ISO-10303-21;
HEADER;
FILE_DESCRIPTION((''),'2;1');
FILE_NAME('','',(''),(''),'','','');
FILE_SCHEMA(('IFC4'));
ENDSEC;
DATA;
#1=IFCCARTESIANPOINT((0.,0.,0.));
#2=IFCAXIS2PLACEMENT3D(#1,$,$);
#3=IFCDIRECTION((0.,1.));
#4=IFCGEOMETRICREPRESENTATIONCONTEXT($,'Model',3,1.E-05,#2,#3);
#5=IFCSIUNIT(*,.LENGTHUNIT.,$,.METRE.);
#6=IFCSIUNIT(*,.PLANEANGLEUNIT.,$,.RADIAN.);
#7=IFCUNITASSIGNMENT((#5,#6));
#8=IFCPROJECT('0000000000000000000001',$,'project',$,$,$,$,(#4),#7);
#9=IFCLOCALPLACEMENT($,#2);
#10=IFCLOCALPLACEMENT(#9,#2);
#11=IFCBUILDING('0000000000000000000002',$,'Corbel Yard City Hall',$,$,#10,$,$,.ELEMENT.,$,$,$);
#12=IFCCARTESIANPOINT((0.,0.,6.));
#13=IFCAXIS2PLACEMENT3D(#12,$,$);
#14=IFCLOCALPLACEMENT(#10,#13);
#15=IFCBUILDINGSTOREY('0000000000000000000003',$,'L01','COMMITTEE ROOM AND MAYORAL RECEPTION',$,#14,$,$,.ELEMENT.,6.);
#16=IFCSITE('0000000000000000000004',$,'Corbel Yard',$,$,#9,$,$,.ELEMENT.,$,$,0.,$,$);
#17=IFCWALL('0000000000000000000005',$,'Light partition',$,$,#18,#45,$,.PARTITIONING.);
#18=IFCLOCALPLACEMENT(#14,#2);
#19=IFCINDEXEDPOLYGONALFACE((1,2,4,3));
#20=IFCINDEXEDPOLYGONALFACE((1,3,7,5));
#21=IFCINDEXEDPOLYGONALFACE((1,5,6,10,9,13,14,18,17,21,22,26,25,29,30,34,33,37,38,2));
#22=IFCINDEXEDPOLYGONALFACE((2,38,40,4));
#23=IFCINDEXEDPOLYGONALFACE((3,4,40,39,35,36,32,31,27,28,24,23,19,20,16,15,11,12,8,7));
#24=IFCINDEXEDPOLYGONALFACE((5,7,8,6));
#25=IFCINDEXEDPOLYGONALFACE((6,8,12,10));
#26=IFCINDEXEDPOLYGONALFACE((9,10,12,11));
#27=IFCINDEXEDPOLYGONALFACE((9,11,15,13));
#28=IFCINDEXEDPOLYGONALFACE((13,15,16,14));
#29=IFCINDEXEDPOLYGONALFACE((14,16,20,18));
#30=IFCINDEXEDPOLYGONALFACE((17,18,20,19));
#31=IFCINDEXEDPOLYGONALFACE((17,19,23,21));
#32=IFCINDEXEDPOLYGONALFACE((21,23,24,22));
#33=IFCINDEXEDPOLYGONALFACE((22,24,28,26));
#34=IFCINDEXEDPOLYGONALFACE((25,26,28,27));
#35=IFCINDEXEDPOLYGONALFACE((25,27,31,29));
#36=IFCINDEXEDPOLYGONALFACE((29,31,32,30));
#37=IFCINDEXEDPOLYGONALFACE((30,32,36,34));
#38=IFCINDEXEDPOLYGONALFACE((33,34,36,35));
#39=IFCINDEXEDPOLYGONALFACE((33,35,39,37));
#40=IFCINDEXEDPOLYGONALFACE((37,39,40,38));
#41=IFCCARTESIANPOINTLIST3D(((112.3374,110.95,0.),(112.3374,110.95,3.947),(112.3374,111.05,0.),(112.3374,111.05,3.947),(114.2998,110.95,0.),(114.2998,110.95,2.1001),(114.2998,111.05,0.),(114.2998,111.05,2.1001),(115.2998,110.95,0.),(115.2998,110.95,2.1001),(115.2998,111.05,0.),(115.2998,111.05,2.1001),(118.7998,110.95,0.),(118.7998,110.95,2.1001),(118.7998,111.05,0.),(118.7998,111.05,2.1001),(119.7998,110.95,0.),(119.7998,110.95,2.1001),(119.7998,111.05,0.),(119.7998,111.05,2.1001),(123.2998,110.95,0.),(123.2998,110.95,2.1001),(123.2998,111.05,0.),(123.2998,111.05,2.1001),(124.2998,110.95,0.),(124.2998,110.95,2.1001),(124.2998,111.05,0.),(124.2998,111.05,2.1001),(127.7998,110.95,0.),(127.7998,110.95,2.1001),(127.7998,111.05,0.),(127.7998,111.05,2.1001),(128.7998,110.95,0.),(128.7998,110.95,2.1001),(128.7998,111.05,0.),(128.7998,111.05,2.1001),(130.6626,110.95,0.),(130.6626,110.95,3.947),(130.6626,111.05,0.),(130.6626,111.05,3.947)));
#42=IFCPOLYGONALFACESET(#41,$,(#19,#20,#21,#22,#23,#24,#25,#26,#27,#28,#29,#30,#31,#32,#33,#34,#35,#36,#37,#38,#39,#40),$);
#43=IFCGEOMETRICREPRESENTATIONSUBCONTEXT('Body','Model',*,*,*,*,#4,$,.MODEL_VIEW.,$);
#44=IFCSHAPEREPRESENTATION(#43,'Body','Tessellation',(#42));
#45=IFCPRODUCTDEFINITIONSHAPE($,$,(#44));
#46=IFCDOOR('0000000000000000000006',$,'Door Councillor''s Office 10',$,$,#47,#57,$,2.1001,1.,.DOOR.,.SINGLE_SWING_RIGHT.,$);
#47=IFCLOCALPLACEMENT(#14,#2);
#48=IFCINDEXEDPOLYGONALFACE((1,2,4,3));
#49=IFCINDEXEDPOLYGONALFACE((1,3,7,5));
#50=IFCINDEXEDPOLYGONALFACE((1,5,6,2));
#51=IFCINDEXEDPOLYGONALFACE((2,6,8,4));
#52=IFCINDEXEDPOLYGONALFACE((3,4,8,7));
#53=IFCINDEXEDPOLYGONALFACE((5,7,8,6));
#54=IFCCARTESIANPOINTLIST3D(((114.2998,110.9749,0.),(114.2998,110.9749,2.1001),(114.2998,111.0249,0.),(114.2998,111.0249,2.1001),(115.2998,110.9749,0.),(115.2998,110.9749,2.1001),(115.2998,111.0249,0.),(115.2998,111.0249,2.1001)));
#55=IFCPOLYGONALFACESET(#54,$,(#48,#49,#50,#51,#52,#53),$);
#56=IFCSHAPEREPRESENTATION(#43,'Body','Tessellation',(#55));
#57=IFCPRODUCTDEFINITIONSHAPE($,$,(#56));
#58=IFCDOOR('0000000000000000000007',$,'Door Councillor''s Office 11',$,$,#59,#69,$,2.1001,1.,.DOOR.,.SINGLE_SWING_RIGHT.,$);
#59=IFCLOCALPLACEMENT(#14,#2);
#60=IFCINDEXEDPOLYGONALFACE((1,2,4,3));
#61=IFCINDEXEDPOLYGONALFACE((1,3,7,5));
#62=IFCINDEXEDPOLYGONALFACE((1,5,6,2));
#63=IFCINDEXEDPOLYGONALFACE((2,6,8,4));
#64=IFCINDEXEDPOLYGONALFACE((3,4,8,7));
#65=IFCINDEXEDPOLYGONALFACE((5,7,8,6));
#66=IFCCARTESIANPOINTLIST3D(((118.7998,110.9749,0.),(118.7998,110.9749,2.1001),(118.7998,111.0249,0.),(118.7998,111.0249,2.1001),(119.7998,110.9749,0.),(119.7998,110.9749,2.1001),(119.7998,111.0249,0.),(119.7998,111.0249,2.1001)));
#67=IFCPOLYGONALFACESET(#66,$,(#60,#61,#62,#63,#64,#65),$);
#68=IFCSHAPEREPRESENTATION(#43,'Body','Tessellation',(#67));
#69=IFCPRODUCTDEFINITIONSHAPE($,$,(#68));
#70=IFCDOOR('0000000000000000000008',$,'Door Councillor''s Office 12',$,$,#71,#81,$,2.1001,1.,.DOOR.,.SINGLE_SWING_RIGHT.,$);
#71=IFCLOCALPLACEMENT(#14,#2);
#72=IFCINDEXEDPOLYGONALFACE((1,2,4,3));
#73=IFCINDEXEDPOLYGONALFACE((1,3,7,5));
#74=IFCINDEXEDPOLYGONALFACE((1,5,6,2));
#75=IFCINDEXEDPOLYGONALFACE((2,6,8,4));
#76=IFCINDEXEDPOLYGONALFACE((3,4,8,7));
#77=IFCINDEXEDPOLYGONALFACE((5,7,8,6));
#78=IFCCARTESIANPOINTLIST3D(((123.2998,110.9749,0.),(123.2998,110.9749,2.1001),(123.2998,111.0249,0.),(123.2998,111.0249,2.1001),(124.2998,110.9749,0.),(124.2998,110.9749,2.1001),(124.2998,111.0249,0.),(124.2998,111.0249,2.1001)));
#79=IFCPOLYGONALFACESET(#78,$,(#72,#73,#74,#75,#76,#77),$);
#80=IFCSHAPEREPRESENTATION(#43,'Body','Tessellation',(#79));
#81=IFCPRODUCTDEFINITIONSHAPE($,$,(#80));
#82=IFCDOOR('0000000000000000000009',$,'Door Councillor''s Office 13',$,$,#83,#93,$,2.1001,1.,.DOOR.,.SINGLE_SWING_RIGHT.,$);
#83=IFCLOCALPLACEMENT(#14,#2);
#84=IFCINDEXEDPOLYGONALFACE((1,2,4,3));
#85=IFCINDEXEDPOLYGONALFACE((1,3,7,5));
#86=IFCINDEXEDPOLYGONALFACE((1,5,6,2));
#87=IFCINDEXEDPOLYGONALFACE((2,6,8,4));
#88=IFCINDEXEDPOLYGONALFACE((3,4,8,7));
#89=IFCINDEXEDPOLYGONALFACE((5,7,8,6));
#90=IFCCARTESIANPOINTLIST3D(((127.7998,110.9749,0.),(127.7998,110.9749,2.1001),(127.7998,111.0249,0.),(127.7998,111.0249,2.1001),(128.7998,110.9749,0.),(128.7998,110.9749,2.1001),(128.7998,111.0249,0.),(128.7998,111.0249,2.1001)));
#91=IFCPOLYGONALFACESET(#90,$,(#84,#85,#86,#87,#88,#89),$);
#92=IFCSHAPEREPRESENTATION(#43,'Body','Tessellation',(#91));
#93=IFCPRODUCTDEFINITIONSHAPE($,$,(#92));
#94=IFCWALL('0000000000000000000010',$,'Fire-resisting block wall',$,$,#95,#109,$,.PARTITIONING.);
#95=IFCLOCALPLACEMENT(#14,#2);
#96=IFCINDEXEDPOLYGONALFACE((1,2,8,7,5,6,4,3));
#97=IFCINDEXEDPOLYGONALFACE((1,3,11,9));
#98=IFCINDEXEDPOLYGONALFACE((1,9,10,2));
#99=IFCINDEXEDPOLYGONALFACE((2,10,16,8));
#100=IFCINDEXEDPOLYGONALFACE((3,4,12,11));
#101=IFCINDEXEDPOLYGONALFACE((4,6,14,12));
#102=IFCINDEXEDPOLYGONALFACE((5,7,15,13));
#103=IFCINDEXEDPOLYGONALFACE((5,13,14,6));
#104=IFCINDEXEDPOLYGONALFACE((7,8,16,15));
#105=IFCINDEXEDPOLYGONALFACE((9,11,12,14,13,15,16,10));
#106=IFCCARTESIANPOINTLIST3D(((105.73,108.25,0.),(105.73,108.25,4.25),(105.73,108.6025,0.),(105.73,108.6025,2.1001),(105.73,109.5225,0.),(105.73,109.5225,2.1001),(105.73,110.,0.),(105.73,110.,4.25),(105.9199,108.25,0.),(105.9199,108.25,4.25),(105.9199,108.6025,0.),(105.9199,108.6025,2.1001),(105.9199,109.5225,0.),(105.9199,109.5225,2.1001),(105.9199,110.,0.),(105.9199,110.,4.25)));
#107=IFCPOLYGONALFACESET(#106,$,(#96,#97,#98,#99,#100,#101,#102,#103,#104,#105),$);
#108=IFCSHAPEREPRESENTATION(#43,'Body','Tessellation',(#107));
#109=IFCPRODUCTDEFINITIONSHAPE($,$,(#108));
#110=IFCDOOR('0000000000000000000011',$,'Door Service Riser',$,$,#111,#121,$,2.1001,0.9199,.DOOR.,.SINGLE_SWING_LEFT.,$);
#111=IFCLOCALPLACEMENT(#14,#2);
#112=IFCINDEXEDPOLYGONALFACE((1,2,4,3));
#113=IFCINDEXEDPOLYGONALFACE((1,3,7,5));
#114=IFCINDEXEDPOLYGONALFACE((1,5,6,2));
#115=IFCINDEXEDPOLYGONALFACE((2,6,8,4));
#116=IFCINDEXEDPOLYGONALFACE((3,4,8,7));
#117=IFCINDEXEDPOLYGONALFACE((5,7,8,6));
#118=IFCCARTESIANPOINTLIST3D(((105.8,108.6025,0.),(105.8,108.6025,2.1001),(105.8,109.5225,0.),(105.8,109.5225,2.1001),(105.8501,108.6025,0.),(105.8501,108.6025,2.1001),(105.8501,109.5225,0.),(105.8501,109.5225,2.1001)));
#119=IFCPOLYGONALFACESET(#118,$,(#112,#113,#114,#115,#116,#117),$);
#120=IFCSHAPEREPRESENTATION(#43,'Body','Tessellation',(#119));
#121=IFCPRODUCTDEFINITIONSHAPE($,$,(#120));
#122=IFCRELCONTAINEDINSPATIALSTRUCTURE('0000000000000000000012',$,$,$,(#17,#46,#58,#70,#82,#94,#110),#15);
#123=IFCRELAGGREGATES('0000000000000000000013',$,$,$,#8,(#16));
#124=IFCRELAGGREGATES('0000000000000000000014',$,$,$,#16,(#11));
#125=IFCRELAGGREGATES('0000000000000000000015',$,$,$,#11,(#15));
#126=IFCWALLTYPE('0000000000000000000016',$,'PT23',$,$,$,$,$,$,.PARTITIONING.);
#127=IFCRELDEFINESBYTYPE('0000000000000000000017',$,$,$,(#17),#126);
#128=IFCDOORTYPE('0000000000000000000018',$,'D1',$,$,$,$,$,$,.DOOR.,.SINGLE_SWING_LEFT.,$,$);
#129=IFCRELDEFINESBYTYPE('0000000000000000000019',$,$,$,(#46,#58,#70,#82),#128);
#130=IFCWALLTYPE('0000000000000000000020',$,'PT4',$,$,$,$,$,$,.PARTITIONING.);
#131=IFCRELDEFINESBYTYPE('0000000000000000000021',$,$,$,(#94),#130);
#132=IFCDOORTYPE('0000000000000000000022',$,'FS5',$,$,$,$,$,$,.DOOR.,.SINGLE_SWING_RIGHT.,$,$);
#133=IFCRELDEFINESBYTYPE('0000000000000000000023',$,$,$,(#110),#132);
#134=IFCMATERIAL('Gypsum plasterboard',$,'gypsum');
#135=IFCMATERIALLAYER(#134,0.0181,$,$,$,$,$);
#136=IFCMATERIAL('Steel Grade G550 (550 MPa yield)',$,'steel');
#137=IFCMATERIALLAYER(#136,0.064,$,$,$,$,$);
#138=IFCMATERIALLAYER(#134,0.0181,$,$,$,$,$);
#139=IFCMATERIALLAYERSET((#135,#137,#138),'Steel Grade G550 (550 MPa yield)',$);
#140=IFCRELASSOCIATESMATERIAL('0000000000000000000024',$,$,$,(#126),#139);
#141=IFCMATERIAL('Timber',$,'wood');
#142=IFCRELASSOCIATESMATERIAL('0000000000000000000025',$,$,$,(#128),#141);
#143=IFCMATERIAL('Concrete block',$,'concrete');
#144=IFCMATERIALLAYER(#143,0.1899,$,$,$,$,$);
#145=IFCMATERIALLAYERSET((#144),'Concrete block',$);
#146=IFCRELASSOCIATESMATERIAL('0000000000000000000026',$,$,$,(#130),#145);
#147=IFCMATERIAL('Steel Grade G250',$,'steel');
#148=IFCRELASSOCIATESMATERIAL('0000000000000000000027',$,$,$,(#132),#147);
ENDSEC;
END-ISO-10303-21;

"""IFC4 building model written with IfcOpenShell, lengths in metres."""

from ifc_helpers import new_model, si_unit, direction, frame, frame_2d, origin, place, context, subcontext, project, spatial, rectangle, extrude, material, layer, layer_set, type_object, element, fill, save


model = new_model("IFC4")

# Units and contexts
model_context = context("Model", 3, precision=1e-05, world=origin(), true_north=direction((0.0, 1.0)))
body_context = subcontext(model_context, "Body", "Model", "MODEL_VIEW")
ifc_project = project(units=[si_unit("LENGTHUNIT", "METRE"), si_unit("PLANEANGLEUNIT", "RADIAN")], contexts=[model_context])

# Site, building, storey
site_placement = place(None, origin())
site = spatial("IfcSite", under=ifc_project, at=site_placement, Name="Corbel Yard", CompositionType="ELEMENT", RefElevation=0.0)
building_placement = place(site_placement, origin())
building = spatial("IfcBuilding", under=site, at=building_placement, Name="Corbel Yard City Hall", CompositionType="ELEMENT")
storey_placement = place(building_placement, frame((0.0, 0.0, 6.0)))
storey = spatial("IfcBuildingStorey", under=building, at=storey_placement, Name="L01", Description="COMMITTEE ROOM AND MAYORAL RECEPTION", CompositionType="ELEMENT", Elevation=6.0)

# Shared definitions
ifc_material_1 = material(Name="Steel Grade G250", Category="steel")

# Shared definitions
ifc_material_2 = material(Name="Gypsum plasterboard", Category="gypsum")
ifc_layer_1 = layer(ifc_material_2, 0.0181)
ifc_material_3 = material(Name="Steel Grade G550 (550 MPa yield)", Category="steel")
ifc_layer_2 = layer(ifc_material_3, 0.064)
ifc_layer_3 = layer(ifc_material_2, 0.0181)
ifc_layer_set_1 = layer_set([ifc_layer_1, ifc_layer_2, ifc_layer_3], Name="Steel Grade G550 (550 MPa yield)")
wall_type_1 = type_object("IfcWallType", Name="PT23", PredefinedType="PARTITIONING", material=ifc_layer_set_1)
ifc_material_4 = material(Name="Timber", Category="wood")
door_type_1 = type_object("IfcDoorType", Name="D1", OperationType="SINGLE_SWING_LEFT", PredefinedType="DOOR", material=ifc_material_4)

# Wall, openings, doors
wall_1_placement = place(storey_placement, frame((112.3374, 111.0, 0.0), z_axis=(0.0, 0.0, 1.0), x_axis=(1.0, 0.0, 0.0)))
wall_1 = element("IfcWall", 1, at=wall_1_placement, inside=storey, type_object=wall_type_1, Name="Light partition", PredefinedType="PARTITIONING", context=body_context, shape_type="SweptSolid", body=[
    extrude(rectangle(XDim=18.3252, YDim=0.1001, at=frame_2d((9.1626, 0.0))), origin(), (0.0, 0.0, 1.0), 3.947),
])
opening_1_placement = place(wall_1_placement, frame((1.9624, 0.0, 0.0)))
opening_1 = element("IfcOpeningElement", 2, at=opening_1_placement, cuts=wall_1, PredefinedType="OPENING", context=body_context, shape_type="SweptSolid", body=[
    extrude(rectangle(XDim=1.0, YDim=2.1001, at=frame_2d((0.5, 1.05))), frame((0.0, 0.0601, 0.0), z_axis=(0.0, -1.0, 0.0), x_axis=(1.0, 0.0, 0.0)), (0.0, 0.0, 1.0), 0.1201),
])
opening_2_placement = place(wall_1_placement, frame((6.4624, 0.0, 0.0)))
opening_2 = element("IfcOpeningElement", 3, at=opening_2_placement, cuts=wall_1, PredefinedType="OPENING", context=body_context, shape_type="SweptSolid", body=[
    extrude(rectangle(XDim=1.0, YDim=2.1001, at=frame_2d((0.5, 1.05))), frame((0.0, 0.0601, 0.0), z_axis=(0.0, -1.0, 0.0), x_axis=(1.0, 0.0, 0.0)), (0.0, 0.0, 1.0), 0.1201),
])
opening_3_placement = place(wall_1_placement, frame((10.9624, 0.0, 0.0)))
opening_3 = element("IfcOpeningElement", 4, at=opening_3_placement, cuts=wall_1, PredefinedType="OPENING", context=body_context, shape_type="SweptSolid", body=[
    extrude(rectangle(XDim=1.0, YDim=2.1001, at=frame_2d((0.5, 1.05))), frame((0.0, 0.0601, 0.0), z_axis=(0.0, -1.0, 0.0), x_axis=(1.0, 0.0, 0.0)), (0.0, 0.0, 1.0), 0.1201),
])
opening_4_placement = place(wall_1_placement, frame((15.4624, 0.0, 0.0)))
opening_4 = element("IfcOpeningElement", 5, at=opening_4_placement, cuts=wall_1, PredefinedType="OPENING", context=body_context, shape_type="SweptSolid", body=[
    extrude(rectangle(XDim=1.0, YDim=2.1001, at=frame_2d((0.5, 1.05))), frame((0.0, 0.0601, 0.0), z_axis=(0.0, -1.0, 0.0), x_axis=(1.0, 0.0, 0.0)), (0.0, 0.0, 1.0), 0.1201),
])
door_1_placement = place(opening_1_placement, origin())
door_1 = element("IfcDoor", 6, at=door_1_placement, inside=storey, type_object=door_type_1, Name="Door Councillor's Office 10", OperationType="SINGLE_SWING_RIGHT", OverallHeight=2.1001, OverallWidth=1.0, PredefinedType="DOOR", context=body_context, shape_type="SweptSolid", body=[
    extrude(rectangle(XDim=1.0, YDim=2.1001, at=frame_2d((0.5, 1.05))), frame((0.0, 0.0249, 0.0), z_axis=(0.0, -1.0, 0.0), x_axis=(1.0, 0.0, 0.0)), (0.0, 0.0, 1.0), 0.05),
])
fill(opening_1, door_1)
door_2_placement = place(opening_2_placement, origin())
door_2 = element("IfcDoor", 7, at=door_2_placement, inside=storey, type_object=door_type_1, Name="Door Councillor's Office 11", OperationType="SINGLE_SWING_RIGHT", OverallHeight=2.1001, OverallWidth=1.0, PredefinedType="DOOR", context=body_context, shape_type="SweptSolid", body=[
    extrude(rectangle(XDim=1.0, YDim=2.1001, at=frame_2d((0.5, 1.05))), frame((0.0, 0.0249, 0.0), z_axis=(0.0, -1.0, 0.0), x_axis=(1.0, 0.0, 0.0)), (0.0, 0.0, 1.0), 0.05),
])
fill(opening_2, door_2)
door_3_placement = place(opening_3_placement, origin())
door_3 = element("IfcDoor", 8, at=door_3_placement, inside=storey, type_object=door_type_1, Name="Door Councillor's Office 12", OperationType="SINGLE_SWING_RIGHT", OverallHeight=2.1001, OverallWidth=1.0, PredefinedType="DOOR", context=body_context, shape_type="SweptSolid", body=[
    extrude(rectangle(XDim=1.0, YDim=2.1001, at=frame_2d((0.5, 1.05))), frame((0.0, 0.0249, 0.0), z_axis=(0.0, -1.0, 0.0), x_axis=(1.0, 0.0, 0.0)), (0.0, 0.0, 1.0), 0.05),
])
fill(opening_3, door_3)
door_4_placement = place(opening_4_placement, origin())
door_4 = element("IfcDoor", 9, at=door_4_placement, inside=storey, type_object=door_type_1, Name="Door Councillor's Office 13", OperationType="SINGLE_SWING_RIGHT", OverallHeight=2.1001, OverallWidth=1.0, PredefinedType="DOOR", context=body_context, shape_type="SweptSolid", body=[
    extrude(rectangle(XDim=1.0, YDim=2.1001, at=frame_2d((0.5, 1.05))), frame((0.0, 0.0249, 0.0), z_axis=(0.0, -1.0, 0.0), x_axis=(1.0, 0.0, 0.0)), (0.0, 0.0, 1.0), 0.05),
])
fill(opening_4, door_4)

# Wall, opening, door
ifc_material_5 = material(Name="Concrete block", Category="concrete")
ifc_layer_4 = layer(ifc_material_5, 0.1899)
ifc_layer_set_2 = layer_set([ifc_layer_4], Name="Concrete block")
wall_type_2 = type_object("IfcWallType", Name="PT4", PredefinedType="PARTITIONING", material=ifc_layer_set_2)
wall_2_placement = place(storey_placement, frame((105.825, 108.25, 0.0), z_axis=(0.0, 0.0, 1.0), x_axis=(0.0, 1.0, 0.0)))
wall_2 = element("IfcWall", 10, at=wall_2_placement, inside=storey, type_object=wall_type_2, Name="Fire-resisting block wall", PredefinedType="PARTITIONING", context=body_context, shape_type="SweptSolid", body=[
    extrude(rectangle(XDim=1.75, YDim=0.1899, at=frame_2d((0.875, 0.0))), origin(), (0.0, 0.0, 1.0), 4.25),
])
opening_5_placement = place(wall_2_placement, frame((0.3525, 0.0, 0.0)))
opening_5 = element("IfcOpeningElement", 11, at=opening_5_placement, cuts=wall_2, PredefinedType="OPENING", context=body_context, shape_type="SweptSolid", body=[
    extrude(rectangle(XDim=0.9199, YDim=2.1001, at=frame_2d((0.46, 1.05))), frame((0.0, 0.105, 0.0), z_axis=(0.0, -1.0, 0.0), x_axis=(1.0, 0.0, 0.0)), (0.0, 0.0, 1.0), 0.21),
])
door_type_2 = type_object("IfcDoorType", Name="FS5", OperationType="SINGLE_SWING_RIGHT", PredefinedType="DOOR", material=ifc_material_1)
door_5_placement = place(opening_5_placement, origin())
door_5 = element("IfcDoor", 12, at=door_5_placement, inside=storey, type_object=door_type_2, Name="Door Service Riser", OperationType="SINGLE_SWING_LEFT", OverallHeight=2.1001, OverallWidth=0.9199, PredefinedType="DOOR", context=body_context, shape_type="SweptSolid", body=[
    extrude(rectangle(XDim=0.9199, YDim=2.1001, at=frame_2d((0.46, 1.05))), frame((0.0, 0.0249, 0.0), z_axis=(0.0, -1.0, 0.0), x_axis=(1.0, 0.0, 0.0)), (0.0, 0.0, 1.0), 0.05),
])
fill(opening_5, door_5)

save(model, "model.ifc")
